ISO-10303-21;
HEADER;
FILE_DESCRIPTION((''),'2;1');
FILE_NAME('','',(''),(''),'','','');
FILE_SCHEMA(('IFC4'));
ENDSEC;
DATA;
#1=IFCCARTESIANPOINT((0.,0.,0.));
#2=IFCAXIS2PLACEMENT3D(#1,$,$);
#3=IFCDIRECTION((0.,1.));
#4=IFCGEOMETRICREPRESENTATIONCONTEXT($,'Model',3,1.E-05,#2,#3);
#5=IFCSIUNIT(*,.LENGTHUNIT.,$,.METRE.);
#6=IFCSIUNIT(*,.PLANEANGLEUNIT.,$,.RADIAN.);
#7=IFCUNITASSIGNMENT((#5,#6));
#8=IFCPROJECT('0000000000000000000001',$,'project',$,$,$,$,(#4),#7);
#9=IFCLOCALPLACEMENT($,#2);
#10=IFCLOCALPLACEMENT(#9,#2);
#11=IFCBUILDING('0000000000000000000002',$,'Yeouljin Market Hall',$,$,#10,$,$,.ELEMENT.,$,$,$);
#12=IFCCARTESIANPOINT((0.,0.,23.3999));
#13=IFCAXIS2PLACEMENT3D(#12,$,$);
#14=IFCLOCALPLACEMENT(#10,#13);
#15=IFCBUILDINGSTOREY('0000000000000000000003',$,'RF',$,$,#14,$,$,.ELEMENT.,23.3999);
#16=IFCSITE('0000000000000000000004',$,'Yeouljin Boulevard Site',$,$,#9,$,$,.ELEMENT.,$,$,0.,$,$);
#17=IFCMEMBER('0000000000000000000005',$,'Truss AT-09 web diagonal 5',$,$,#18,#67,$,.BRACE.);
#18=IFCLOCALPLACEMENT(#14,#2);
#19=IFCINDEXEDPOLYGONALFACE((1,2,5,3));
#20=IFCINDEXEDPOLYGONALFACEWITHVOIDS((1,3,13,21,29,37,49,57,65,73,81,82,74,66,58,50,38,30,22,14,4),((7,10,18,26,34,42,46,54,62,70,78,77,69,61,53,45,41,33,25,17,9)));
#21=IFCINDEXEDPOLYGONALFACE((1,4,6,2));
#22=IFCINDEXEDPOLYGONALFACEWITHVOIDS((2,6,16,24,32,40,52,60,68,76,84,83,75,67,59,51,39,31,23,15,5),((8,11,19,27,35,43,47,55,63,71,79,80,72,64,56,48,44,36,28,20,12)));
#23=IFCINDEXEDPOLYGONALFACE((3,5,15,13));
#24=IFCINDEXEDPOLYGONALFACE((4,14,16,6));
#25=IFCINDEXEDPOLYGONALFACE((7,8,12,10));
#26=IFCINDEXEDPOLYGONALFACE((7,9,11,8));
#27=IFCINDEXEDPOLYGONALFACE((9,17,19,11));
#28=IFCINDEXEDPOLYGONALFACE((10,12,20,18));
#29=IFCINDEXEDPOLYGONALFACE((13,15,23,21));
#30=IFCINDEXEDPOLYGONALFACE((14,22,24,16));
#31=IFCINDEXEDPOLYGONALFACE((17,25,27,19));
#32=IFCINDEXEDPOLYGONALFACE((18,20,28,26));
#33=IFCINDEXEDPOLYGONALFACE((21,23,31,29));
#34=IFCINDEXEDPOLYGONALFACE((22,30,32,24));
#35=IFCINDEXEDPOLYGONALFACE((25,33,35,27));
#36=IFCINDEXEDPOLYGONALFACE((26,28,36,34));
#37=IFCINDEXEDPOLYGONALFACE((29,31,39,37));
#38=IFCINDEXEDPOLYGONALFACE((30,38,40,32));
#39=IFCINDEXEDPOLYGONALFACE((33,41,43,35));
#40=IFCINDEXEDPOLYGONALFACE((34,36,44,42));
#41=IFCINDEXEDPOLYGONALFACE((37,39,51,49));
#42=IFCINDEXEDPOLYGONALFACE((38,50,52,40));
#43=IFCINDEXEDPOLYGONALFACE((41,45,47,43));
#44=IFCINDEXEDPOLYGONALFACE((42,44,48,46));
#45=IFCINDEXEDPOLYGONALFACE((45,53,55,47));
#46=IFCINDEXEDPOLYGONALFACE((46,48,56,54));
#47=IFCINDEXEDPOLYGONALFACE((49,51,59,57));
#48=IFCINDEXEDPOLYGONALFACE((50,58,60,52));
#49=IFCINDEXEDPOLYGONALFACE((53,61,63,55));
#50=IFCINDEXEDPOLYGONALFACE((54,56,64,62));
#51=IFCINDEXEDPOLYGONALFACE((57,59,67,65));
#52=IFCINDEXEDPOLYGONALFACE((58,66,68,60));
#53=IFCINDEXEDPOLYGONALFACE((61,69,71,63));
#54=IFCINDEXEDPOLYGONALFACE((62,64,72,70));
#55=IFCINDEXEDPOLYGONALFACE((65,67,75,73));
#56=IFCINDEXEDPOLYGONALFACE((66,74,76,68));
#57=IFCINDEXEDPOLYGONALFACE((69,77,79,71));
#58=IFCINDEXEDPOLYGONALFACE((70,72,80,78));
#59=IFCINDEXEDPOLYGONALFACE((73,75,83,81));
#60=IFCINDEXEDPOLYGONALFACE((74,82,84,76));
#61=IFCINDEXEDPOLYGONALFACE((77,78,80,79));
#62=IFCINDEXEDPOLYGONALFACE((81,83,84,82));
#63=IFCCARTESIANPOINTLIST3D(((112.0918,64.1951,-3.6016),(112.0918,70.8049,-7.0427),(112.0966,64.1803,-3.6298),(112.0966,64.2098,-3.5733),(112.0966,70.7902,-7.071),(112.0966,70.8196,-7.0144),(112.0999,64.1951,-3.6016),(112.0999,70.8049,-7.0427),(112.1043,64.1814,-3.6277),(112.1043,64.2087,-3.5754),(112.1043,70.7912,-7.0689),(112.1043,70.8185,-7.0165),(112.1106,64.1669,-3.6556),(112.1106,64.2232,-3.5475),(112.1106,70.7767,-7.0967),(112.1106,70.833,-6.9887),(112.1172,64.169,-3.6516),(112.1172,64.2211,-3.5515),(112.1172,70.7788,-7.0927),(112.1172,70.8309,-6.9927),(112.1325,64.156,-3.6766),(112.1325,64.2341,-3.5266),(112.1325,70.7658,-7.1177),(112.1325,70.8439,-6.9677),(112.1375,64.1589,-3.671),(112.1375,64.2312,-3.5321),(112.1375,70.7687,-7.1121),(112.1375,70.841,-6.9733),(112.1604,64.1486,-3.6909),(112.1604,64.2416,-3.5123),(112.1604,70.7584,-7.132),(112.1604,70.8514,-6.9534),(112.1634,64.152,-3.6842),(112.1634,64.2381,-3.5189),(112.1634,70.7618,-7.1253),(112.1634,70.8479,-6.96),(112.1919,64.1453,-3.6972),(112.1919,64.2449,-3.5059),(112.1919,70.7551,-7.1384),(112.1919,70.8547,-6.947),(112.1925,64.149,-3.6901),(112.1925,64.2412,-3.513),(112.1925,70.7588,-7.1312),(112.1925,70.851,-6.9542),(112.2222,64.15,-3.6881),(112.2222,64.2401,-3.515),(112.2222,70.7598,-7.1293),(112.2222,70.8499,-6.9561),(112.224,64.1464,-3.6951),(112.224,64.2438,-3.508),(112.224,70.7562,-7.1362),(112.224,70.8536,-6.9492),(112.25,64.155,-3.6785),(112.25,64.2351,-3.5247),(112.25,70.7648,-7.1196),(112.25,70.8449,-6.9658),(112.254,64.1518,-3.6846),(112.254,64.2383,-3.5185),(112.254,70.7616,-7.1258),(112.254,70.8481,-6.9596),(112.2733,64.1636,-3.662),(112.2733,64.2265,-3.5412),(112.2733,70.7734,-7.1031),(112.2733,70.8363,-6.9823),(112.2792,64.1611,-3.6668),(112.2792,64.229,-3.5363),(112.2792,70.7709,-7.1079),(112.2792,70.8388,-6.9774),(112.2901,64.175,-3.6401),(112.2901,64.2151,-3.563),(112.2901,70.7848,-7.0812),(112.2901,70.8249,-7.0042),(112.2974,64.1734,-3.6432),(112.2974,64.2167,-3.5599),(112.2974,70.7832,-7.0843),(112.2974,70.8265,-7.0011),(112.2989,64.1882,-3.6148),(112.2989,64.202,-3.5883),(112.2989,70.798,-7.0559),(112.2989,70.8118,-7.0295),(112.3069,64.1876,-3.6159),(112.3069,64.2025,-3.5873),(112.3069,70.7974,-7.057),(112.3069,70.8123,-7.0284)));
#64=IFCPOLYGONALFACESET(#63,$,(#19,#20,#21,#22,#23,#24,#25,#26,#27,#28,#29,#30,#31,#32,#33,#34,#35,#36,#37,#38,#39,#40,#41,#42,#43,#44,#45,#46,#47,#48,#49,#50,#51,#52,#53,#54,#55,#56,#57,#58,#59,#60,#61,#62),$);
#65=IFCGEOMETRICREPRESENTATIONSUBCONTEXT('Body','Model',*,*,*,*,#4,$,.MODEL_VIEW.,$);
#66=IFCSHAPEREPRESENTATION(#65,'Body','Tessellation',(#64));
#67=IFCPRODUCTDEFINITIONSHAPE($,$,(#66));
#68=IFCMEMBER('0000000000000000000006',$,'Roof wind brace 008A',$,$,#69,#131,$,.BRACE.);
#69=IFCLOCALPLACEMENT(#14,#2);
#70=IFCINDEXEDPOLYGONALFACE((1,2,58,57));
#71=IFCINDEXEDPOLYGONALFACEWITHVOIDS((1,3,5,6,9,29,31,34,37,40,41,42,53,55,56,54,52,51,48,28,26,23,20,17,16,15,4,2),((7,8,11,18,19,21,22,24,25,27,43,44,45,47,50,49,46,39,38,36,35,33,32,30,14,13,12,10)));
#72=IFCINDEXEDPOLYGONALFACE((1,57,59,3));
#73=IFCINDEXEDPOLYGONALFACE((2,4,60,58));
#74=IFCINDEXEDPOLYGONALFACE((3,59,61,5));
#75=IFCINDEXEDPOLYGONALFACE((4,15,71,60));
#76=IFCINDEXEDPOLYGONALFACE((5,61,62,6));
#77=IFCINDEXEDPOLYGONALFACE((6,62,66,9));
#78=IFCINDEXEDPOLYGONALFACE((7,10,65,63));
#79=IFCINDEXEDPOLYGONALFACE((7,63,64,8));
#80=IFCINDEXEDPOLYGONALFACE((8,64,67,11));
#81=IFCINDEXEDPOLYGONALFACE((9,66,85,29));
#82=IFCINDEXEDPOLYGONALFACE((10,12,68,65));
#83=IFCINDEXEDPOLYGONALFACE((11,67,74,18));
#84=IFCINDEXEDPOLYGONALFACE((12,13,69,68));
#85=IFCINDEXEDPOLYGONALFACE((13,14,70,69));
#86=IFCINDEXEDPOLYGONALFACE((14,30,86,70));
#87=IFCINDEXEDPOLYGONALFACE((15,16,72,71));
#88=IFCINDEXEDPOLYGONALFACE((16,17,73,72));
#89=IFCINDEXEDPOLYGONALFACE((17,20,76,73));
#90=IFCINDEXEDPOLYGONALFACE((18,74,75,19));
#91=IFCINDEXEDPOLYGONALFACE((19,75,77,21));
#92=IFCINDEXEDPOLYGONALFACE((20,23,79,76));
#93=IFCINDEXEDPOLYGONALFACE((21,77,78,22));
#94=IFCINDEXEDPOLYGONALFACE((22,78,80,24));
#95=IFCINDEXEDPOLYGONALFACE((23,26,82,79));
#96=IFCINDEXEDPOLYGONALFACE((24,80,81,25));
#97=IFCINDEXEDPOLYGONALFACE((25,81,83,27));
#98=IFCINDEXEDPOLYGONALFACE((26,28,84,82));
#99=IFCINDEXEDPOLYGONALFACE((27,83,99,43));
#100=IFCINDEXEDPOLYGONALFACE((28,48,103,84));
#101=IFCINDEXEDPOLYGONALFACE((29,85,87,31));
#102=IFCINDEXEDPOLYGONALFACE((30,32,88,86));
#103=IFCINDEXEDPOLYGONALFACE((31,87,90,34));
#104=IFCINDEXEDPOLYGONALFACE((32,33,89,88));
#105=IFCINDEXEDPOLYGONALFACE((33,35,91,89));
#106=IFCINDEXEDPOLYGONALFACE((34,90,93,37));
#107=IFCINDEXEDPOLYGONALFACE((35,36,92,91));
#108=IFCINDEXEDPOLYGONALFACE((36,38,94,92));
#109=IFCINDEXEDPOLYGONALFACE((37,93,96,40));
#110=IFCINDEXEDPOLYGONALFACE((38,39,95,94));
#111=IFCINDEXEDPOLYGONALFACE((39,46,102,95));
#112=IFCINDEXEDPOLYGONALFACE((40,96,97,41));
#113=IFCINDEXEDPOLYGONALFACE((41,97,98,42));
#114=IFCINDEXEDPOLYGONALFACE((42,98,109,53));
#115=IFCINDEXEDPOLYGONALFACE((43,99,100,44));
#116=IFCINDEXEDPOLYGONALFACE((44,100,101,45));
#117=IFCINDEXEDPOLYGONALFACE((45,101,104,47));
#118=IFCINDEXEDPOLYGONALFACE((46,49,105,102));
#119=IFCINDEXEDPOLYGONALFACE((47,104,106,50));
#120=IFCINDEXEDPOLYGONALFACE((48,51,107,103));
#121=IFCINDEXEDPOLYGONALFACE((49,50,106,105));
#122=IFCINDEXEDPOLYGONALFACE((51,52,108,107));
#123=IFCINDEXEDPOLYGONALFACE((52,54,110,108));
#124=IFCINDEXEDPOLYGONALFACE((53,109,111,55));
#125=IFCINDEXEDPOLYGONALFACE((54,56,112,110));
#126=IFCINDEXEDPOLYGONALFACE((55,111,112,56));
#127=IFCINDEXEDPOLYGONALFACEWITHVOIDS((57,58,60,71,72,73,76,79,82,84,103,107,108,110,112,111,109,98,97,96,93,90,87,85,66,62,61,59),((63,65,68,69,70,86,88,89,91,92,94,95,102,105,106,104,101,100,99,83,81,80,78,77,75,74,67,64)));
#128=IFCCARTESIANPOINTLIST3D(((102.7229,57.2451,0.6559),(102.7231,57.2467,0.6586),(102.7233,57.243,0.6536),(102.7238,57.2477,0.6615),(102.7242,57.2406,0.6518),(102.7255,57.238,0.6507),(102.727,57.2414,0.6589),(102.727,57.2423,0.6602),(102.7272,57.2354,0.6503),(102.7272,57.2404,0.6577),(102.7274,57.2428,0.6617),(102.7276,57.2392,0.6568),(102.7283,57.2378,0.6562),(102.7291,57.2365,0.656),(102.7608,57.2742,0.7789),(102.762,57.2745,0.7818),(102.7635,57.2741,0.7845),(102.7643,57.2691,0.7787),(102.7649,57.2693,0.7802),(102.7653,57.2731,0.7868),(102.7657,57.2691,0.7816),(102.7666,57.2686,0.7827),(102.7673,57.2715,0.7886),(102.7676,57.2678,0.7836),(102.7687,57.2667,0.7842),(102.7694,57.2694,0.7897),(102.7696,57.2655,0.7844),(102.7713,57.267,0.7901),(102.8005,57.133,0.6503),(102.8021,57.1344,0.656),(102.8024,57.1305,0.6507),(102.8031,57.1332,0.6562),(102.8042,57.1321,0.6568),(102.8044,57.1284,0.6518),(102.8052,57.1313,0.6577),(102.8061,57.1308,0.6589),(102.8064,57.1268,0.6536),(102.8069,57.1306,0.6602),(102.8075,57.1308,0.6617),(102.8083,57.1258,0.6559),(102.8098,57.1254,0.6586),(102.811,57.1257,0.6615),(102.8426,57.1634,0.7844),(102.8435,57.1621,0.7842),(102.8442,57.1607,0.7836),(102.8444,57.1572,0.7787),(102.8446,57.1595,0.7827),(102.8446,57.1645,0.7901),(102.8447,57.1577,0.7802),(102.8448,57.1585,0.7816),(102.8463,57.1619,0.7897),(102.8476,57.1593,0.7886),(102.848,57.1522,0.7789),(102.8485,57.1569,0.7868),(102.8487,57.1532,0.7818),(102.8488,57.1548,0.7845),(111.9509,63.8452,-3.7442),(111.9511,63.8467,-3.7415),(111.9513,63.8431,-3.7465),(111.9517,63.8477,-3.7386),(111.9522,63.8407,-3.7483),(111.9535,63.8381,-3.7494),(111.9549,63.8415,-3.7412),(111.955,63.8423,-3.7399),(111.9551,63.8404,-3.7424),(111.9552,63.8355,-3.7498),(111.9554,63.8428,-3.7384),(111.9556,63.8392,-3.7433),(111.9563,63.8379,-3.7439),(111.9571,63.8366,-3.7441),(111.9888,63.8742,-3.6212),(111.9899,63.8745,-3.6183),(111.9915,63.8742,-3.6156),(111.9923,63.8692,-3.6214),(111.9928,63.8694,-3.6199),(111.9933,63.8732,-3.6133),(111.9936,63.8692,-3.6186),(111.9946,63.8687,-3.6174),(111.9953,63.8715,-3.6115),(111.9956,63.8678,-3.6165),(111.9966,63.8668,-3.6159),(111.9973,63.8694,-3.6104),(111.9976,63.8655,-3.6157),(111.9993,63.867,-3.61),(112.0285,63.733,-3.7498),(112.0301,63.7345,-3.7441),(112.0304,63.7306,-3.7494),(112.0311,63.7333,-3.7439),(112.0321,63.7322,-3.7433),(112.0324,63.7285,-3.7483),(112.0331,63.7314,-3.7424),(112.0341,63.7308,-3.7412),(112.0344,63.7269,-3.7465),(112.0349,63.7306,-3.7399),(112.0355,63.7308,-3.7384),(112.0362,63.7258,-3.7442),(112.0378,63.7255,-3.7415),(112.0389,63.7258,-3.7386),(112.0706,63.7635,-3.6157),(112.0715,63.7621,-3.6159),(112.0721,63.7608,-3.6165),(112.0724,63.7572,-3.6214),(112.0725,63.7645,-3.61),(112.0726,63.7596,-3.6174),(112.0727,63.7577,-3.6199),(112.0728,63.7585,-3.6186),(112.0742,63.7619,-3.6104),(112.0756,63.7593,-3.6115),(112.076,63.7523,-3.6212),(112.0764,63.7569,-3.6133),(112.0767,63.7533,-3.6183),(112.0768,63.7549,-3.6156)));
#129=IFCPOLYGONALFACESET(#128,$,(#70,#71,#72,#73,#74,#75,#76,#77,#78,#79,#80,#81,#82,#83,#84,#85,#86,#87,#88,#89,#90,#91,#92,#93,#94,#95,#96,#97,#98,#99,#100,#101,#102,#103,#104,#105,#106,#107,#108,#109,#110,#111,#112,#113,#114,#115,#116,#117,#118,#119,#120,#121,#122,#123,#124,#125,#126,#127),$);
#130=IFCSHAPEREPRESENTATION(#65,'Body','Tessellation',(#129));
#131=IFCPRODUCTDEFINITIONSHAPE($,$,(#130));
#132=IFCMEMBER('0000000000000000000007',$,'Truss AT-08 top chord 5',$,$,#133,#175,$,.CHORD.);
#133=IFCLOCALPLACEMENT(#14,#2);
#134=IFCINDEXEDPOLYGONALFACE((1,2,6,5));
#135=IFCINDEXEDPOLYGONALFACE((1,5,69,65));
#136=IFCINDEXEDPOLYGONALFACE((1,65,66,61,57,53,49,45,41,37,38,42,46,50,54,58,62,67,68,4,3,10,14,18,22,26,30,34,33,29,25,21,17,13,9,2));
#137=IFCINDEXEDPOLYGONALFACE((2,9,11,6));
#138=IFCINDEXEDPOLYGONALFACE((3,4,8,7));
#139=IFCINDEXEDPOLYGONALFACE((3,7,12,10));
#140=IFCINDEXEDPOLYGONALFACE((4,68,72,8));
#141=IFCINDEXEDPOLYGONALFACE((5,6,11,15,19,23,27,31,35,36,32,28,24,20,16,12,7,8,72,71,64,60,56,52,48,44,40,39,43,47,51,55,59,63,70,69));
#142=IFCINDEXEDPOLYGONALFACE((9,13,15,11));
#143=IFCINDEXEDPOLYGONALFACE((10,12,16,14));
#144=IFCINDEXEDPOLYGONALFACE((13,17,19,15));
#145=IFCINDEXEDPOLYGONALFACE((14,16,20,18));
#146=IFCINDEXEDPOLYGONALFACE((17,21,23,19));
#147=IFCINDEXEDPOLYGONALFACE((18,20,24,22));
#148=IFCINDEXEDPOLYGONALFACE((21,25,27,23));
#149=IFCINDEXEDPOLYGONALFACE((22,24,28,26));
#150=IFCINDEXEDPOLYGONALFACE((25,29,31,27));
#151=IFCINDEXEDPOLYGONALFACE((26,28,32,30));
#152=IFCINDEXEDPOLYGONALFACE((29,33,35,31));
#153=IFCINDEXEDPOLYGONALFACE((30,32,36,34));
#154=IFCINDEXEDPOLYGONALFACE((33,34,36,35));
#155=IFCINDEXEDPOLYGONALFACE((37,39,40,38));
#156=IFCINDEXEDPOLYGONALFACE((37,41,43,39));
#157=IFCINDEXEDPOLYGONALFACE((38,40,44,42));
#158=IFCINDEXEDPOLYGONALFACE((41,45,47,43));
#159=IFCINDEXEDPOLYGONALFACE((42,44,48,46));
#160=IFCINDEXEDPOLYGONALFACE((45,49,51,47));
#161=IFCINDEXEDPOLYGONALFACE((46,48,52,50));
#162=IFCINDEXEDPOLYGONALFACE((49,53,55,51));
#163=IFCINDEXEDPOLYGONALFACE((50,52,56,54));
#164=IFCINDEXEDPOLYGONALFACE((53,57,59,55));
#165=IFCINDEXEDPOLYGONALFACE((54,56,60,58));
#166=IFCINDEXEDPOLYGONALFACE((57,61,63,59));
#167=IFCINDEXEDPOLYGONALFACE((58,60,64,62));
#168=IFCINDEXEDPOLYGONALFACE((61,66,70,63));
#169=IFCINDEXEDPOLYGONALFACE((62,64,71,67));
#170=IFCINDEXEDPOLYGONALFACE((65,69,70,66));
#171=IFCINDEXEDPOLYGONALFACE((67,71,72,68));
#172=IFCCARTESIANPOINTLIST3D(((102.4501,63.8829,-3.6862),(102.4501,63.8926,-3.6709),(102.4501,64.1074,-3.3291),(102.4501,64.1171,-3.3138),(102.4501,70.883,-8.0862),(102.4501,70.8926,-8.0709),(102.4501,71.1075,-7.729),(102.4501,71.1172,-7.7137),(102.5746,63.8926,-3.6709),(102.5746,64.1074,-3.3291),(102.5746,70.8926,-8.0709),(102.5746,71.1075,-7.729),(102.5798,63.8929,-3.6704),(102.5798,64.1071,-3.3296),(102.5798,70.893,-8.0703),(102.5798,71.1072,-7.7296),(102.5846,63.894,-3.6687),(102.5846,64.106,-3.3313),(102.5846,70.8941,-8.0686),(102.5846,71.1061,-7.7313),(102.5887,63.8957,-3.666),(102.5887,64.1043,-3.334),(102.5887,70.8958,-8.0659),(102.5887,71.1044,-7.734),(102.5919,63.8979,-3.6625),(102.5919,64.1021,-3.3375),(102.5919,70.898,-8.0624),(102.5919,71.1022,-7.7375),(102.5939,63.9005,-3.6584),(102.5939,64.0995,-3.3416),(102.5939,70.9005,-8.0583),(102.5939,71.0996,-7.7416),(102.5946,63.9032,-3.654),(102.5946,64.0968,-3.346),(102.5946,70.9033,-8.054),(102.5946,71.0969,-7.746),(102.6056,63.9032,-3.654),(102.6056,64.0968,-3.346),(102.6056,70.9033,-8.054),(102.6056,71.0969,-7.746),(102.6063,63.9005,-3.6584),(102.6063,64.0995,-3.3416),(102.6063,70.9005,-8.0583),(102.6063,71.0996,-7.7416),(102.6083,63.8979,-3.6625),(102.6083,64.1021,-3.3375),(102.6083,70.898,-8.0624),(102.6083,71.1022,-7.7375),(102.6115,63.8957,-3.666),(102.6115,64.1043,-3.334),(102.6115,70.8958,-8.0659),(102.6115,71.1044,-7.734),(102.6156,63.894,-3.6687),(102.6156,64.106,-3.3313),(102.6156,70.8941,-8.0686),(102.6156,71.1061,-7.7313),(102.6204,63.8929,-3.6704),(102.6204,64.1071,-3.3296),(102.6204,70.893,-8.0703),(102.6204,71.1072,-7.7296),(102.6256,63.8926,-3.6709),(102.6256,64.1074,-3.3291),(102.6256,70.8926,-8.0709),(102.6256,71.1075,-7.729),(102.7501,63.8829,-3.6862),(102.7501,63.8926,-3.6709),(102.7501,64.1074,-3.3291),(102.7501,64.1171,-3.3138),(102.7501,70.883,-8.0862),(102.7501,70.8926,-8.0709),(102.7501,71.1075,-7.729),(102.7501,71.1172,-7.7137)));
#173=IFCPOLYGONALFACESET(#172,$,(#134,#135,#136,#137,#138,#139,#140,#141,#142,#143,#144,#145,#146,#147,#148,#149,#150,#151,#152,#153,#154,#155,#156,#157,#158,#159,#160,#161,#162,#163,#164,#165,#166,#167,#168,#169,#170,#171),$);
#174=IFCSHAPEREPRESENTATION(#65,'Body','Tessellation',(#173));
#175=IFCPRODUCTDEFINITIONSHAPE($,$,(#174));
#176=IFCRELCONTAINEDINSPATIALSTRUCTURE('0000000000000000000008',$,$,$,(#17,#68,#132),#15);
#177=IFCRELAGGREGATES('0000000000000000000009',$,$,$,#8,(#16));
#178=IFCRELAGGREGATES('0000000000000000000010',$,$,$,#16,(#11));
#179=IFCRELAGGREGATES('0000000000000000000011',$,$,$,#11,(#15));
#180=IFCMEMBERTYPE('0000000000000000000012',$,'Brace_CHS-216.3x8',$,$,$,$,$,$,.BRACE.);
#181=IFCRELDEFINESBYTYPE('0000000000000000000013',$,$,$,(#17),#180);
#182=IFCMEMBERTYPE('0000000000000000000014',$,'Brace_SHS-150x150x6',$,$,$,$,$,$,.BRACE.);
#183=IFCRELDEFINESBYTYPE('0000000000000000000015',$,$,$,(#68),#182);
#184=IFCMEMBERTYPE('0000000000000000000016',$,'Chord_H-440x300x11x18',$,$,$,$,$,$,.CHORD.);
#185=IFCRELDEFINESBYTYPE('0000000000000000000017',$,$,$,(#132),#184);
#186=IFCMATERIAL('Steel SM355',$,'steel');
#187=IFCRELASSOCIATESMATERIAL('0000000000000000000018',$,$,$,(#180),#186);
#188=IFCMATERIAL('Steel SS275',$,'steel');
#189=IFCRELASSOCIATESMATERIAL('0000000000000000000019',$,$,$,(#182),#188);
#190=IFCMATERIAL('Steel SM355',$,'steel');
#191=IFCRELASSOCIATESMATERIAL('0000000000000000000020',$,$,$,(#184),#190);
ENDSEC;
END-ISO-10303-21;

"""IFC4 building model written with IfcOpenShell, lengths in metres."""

from ifc_helpers import new_model, si_unit, direction, frame, origin, origin_2d, place, context, subcontext, project, spatial, hollow_rectangle, hollow_circle, i_section, extrude, material, material_profile, profile_set, type_object, element, save


model = new_model("IFC4")

# Units and contexts
model_context = context("Model", 3, precision=1e-05, world=origin(), true_north=direction((0.0, 1.0)))
body_context = subcontext(model_context, "Body", "Model", "MODEL_VIEW")
ifc_project = project(units=[si_unit("LENGTHUNIT", "METRE"), si_unit("PLANEANGLEUNIT", "RADIAN")], contexts=[model_context])

# Site, building, storey
site_placement = place(None, origin())
site = spatial("IfcSite", under=ifc_project, at=site_placement, Name="Yeouljin Boulevard Site", CompositionType="ELEMENT", RefElevation=0.0)
building_placement = place(site_placement, origin())
building = spatial("IfcBuilding", under=site, at=building_placement, Name="Yeouljin Market Hall", CompositionType="ELEMENT")
storey_placement = place(building_placement, frame((0.0, 0.0, 23.3999)))
storey = spatial("IfcBuildingStorey", under=building, at=storey_placement, Name="RF", CompositionType="ELEMENT", Elevation=23.3999)

# Members
ifc_material_1 = material(Name="Steel SM355", Category="steel")
ifc_material_profile_1 = material_profile(ifc_material_1, hollow_circle(Radius=0.1082, WallThickness=0.0081, at=origin_2d()), Name="CHS-216.3x8")
ifc_profile_set_1 = profile_set([ifc_material_profile_1], Name="Steel SM355")
member_type_1 = type_object("IfcMemberType", Name="Brace_CHS-216.3x8", PredefinedType="BRACE", material=ifc_profile_set_1)
for number, where, z_axis, x_axis, name in (
    (1, (112.2, 64.1951, -3.6016), (0.0, 0.886995, -0.461779), (-1.0, 0.0, 0.0), "Truss AT-09 web diagonal 5"),
):
    element("IfcMember", number, at=place(storey_placement, frame(where, z_axis=z_axis, x_axis=x_axis)), inside=storey, type_object=member_type_1, Name=name, PredefinedType="BRACE", context=body_context, shape_type="SweptSolid", body=[
        extrude(hollow_circle(Radius=0.1082, WallThickness=0.0081, at=origin_2d()), origin(), (0.0, 0.0, 1.0), 7.4519),
    ])
ifc_material_2 = material(Name="Steel SS275", Category="steel")
ifc_material_profile_2 = material_profile(ifc_material_2, hollow_rectangle(XDim=0.1499, YDim=0.1499, WallThickness=0.0061, InnerFilletRadius=0.0061, OuterFilletRadius=0.012, at=origin_2d()), Name="SHS-150x150x6")
ifc_profile_set_2 = profile_set([ifc_material_profile_2], Name="Steel SS275")
member_type_2 = type_object("IfcMemberType", Name="Brace_SHS-150x150x6", PredefinedType="BRACE", material=ifc_profile_set_2)
member_1_placement = place(storey_placement, frame((102.7859, 57.2, 0.7202), z_axis=(0.758337, 0.54238, -0.361593), x_axis=(-0.581743, 0.813373, 0.0)))
element("IfcMember", 2, at=member_1_placement, inside=storey, type_object=member_type_2, Name="Roof wind brace 008A", PredefinedType="BRACE", context=body_context, shape_type="SweptSolid", body=[
    extrude(hollow_rectangle(XDim=0.1499, YDim=0.1499, WallThickness=0.0061, InnerFilletRadius=0.0061, OuterFilletRadius=0.012, at=origin_2d()), origin(), (0.0, 0.0, 1.0), 12.1687),
])
ifc_material_3 = material(Name="Steel SM355", Category="steel")
ifc_material_profile_3 = material_profile(ifc_material_3, i_section(OverallWidth=0.3, OverallDepth=0.4399, WebThickness=0.011, FlangeThickness=0.0181, FilletRadius=0.02, at=origin_2d()), Name="H-440x300x11x18")
ifc_profile_set_3 = profile_set([ifc_material_profile_3], Name="Steel SM355")
member_type_3 = type_object("IfcMemberType", Name="Chord_H-440x300x11x18", PredefinedType="CHORD", material=ifc_profile_set_3)
for number, where, z_axis, x_axis, name in (
    (3, (102.6001, 64.0, -3.5), (0.0, 0.846642, -0.532163), (-1.0, 0.0, 0.0), "Truss AT-08 top chord 5"),
):
    element("IfcMember", number, at=place(storey_placement, frame(where, z_axis=z_axis, x_axis=x_axis)), inside=storey, type_object=member_type_3, Name=name, PredefinedType="CHORD", context=body_context, shape_type="SweptSolid", body=[
        extrude(i_section(OverallWidth=0.3, OverallDepth=0.4399, WebThickness=0.011, FlangeThickness=0.0181, FilletRadius=0.02, at=origin_2d()), origin(), (0.0, 0.0, 1.0), 8.2681),
    ])

save(model, "model.ifc")
